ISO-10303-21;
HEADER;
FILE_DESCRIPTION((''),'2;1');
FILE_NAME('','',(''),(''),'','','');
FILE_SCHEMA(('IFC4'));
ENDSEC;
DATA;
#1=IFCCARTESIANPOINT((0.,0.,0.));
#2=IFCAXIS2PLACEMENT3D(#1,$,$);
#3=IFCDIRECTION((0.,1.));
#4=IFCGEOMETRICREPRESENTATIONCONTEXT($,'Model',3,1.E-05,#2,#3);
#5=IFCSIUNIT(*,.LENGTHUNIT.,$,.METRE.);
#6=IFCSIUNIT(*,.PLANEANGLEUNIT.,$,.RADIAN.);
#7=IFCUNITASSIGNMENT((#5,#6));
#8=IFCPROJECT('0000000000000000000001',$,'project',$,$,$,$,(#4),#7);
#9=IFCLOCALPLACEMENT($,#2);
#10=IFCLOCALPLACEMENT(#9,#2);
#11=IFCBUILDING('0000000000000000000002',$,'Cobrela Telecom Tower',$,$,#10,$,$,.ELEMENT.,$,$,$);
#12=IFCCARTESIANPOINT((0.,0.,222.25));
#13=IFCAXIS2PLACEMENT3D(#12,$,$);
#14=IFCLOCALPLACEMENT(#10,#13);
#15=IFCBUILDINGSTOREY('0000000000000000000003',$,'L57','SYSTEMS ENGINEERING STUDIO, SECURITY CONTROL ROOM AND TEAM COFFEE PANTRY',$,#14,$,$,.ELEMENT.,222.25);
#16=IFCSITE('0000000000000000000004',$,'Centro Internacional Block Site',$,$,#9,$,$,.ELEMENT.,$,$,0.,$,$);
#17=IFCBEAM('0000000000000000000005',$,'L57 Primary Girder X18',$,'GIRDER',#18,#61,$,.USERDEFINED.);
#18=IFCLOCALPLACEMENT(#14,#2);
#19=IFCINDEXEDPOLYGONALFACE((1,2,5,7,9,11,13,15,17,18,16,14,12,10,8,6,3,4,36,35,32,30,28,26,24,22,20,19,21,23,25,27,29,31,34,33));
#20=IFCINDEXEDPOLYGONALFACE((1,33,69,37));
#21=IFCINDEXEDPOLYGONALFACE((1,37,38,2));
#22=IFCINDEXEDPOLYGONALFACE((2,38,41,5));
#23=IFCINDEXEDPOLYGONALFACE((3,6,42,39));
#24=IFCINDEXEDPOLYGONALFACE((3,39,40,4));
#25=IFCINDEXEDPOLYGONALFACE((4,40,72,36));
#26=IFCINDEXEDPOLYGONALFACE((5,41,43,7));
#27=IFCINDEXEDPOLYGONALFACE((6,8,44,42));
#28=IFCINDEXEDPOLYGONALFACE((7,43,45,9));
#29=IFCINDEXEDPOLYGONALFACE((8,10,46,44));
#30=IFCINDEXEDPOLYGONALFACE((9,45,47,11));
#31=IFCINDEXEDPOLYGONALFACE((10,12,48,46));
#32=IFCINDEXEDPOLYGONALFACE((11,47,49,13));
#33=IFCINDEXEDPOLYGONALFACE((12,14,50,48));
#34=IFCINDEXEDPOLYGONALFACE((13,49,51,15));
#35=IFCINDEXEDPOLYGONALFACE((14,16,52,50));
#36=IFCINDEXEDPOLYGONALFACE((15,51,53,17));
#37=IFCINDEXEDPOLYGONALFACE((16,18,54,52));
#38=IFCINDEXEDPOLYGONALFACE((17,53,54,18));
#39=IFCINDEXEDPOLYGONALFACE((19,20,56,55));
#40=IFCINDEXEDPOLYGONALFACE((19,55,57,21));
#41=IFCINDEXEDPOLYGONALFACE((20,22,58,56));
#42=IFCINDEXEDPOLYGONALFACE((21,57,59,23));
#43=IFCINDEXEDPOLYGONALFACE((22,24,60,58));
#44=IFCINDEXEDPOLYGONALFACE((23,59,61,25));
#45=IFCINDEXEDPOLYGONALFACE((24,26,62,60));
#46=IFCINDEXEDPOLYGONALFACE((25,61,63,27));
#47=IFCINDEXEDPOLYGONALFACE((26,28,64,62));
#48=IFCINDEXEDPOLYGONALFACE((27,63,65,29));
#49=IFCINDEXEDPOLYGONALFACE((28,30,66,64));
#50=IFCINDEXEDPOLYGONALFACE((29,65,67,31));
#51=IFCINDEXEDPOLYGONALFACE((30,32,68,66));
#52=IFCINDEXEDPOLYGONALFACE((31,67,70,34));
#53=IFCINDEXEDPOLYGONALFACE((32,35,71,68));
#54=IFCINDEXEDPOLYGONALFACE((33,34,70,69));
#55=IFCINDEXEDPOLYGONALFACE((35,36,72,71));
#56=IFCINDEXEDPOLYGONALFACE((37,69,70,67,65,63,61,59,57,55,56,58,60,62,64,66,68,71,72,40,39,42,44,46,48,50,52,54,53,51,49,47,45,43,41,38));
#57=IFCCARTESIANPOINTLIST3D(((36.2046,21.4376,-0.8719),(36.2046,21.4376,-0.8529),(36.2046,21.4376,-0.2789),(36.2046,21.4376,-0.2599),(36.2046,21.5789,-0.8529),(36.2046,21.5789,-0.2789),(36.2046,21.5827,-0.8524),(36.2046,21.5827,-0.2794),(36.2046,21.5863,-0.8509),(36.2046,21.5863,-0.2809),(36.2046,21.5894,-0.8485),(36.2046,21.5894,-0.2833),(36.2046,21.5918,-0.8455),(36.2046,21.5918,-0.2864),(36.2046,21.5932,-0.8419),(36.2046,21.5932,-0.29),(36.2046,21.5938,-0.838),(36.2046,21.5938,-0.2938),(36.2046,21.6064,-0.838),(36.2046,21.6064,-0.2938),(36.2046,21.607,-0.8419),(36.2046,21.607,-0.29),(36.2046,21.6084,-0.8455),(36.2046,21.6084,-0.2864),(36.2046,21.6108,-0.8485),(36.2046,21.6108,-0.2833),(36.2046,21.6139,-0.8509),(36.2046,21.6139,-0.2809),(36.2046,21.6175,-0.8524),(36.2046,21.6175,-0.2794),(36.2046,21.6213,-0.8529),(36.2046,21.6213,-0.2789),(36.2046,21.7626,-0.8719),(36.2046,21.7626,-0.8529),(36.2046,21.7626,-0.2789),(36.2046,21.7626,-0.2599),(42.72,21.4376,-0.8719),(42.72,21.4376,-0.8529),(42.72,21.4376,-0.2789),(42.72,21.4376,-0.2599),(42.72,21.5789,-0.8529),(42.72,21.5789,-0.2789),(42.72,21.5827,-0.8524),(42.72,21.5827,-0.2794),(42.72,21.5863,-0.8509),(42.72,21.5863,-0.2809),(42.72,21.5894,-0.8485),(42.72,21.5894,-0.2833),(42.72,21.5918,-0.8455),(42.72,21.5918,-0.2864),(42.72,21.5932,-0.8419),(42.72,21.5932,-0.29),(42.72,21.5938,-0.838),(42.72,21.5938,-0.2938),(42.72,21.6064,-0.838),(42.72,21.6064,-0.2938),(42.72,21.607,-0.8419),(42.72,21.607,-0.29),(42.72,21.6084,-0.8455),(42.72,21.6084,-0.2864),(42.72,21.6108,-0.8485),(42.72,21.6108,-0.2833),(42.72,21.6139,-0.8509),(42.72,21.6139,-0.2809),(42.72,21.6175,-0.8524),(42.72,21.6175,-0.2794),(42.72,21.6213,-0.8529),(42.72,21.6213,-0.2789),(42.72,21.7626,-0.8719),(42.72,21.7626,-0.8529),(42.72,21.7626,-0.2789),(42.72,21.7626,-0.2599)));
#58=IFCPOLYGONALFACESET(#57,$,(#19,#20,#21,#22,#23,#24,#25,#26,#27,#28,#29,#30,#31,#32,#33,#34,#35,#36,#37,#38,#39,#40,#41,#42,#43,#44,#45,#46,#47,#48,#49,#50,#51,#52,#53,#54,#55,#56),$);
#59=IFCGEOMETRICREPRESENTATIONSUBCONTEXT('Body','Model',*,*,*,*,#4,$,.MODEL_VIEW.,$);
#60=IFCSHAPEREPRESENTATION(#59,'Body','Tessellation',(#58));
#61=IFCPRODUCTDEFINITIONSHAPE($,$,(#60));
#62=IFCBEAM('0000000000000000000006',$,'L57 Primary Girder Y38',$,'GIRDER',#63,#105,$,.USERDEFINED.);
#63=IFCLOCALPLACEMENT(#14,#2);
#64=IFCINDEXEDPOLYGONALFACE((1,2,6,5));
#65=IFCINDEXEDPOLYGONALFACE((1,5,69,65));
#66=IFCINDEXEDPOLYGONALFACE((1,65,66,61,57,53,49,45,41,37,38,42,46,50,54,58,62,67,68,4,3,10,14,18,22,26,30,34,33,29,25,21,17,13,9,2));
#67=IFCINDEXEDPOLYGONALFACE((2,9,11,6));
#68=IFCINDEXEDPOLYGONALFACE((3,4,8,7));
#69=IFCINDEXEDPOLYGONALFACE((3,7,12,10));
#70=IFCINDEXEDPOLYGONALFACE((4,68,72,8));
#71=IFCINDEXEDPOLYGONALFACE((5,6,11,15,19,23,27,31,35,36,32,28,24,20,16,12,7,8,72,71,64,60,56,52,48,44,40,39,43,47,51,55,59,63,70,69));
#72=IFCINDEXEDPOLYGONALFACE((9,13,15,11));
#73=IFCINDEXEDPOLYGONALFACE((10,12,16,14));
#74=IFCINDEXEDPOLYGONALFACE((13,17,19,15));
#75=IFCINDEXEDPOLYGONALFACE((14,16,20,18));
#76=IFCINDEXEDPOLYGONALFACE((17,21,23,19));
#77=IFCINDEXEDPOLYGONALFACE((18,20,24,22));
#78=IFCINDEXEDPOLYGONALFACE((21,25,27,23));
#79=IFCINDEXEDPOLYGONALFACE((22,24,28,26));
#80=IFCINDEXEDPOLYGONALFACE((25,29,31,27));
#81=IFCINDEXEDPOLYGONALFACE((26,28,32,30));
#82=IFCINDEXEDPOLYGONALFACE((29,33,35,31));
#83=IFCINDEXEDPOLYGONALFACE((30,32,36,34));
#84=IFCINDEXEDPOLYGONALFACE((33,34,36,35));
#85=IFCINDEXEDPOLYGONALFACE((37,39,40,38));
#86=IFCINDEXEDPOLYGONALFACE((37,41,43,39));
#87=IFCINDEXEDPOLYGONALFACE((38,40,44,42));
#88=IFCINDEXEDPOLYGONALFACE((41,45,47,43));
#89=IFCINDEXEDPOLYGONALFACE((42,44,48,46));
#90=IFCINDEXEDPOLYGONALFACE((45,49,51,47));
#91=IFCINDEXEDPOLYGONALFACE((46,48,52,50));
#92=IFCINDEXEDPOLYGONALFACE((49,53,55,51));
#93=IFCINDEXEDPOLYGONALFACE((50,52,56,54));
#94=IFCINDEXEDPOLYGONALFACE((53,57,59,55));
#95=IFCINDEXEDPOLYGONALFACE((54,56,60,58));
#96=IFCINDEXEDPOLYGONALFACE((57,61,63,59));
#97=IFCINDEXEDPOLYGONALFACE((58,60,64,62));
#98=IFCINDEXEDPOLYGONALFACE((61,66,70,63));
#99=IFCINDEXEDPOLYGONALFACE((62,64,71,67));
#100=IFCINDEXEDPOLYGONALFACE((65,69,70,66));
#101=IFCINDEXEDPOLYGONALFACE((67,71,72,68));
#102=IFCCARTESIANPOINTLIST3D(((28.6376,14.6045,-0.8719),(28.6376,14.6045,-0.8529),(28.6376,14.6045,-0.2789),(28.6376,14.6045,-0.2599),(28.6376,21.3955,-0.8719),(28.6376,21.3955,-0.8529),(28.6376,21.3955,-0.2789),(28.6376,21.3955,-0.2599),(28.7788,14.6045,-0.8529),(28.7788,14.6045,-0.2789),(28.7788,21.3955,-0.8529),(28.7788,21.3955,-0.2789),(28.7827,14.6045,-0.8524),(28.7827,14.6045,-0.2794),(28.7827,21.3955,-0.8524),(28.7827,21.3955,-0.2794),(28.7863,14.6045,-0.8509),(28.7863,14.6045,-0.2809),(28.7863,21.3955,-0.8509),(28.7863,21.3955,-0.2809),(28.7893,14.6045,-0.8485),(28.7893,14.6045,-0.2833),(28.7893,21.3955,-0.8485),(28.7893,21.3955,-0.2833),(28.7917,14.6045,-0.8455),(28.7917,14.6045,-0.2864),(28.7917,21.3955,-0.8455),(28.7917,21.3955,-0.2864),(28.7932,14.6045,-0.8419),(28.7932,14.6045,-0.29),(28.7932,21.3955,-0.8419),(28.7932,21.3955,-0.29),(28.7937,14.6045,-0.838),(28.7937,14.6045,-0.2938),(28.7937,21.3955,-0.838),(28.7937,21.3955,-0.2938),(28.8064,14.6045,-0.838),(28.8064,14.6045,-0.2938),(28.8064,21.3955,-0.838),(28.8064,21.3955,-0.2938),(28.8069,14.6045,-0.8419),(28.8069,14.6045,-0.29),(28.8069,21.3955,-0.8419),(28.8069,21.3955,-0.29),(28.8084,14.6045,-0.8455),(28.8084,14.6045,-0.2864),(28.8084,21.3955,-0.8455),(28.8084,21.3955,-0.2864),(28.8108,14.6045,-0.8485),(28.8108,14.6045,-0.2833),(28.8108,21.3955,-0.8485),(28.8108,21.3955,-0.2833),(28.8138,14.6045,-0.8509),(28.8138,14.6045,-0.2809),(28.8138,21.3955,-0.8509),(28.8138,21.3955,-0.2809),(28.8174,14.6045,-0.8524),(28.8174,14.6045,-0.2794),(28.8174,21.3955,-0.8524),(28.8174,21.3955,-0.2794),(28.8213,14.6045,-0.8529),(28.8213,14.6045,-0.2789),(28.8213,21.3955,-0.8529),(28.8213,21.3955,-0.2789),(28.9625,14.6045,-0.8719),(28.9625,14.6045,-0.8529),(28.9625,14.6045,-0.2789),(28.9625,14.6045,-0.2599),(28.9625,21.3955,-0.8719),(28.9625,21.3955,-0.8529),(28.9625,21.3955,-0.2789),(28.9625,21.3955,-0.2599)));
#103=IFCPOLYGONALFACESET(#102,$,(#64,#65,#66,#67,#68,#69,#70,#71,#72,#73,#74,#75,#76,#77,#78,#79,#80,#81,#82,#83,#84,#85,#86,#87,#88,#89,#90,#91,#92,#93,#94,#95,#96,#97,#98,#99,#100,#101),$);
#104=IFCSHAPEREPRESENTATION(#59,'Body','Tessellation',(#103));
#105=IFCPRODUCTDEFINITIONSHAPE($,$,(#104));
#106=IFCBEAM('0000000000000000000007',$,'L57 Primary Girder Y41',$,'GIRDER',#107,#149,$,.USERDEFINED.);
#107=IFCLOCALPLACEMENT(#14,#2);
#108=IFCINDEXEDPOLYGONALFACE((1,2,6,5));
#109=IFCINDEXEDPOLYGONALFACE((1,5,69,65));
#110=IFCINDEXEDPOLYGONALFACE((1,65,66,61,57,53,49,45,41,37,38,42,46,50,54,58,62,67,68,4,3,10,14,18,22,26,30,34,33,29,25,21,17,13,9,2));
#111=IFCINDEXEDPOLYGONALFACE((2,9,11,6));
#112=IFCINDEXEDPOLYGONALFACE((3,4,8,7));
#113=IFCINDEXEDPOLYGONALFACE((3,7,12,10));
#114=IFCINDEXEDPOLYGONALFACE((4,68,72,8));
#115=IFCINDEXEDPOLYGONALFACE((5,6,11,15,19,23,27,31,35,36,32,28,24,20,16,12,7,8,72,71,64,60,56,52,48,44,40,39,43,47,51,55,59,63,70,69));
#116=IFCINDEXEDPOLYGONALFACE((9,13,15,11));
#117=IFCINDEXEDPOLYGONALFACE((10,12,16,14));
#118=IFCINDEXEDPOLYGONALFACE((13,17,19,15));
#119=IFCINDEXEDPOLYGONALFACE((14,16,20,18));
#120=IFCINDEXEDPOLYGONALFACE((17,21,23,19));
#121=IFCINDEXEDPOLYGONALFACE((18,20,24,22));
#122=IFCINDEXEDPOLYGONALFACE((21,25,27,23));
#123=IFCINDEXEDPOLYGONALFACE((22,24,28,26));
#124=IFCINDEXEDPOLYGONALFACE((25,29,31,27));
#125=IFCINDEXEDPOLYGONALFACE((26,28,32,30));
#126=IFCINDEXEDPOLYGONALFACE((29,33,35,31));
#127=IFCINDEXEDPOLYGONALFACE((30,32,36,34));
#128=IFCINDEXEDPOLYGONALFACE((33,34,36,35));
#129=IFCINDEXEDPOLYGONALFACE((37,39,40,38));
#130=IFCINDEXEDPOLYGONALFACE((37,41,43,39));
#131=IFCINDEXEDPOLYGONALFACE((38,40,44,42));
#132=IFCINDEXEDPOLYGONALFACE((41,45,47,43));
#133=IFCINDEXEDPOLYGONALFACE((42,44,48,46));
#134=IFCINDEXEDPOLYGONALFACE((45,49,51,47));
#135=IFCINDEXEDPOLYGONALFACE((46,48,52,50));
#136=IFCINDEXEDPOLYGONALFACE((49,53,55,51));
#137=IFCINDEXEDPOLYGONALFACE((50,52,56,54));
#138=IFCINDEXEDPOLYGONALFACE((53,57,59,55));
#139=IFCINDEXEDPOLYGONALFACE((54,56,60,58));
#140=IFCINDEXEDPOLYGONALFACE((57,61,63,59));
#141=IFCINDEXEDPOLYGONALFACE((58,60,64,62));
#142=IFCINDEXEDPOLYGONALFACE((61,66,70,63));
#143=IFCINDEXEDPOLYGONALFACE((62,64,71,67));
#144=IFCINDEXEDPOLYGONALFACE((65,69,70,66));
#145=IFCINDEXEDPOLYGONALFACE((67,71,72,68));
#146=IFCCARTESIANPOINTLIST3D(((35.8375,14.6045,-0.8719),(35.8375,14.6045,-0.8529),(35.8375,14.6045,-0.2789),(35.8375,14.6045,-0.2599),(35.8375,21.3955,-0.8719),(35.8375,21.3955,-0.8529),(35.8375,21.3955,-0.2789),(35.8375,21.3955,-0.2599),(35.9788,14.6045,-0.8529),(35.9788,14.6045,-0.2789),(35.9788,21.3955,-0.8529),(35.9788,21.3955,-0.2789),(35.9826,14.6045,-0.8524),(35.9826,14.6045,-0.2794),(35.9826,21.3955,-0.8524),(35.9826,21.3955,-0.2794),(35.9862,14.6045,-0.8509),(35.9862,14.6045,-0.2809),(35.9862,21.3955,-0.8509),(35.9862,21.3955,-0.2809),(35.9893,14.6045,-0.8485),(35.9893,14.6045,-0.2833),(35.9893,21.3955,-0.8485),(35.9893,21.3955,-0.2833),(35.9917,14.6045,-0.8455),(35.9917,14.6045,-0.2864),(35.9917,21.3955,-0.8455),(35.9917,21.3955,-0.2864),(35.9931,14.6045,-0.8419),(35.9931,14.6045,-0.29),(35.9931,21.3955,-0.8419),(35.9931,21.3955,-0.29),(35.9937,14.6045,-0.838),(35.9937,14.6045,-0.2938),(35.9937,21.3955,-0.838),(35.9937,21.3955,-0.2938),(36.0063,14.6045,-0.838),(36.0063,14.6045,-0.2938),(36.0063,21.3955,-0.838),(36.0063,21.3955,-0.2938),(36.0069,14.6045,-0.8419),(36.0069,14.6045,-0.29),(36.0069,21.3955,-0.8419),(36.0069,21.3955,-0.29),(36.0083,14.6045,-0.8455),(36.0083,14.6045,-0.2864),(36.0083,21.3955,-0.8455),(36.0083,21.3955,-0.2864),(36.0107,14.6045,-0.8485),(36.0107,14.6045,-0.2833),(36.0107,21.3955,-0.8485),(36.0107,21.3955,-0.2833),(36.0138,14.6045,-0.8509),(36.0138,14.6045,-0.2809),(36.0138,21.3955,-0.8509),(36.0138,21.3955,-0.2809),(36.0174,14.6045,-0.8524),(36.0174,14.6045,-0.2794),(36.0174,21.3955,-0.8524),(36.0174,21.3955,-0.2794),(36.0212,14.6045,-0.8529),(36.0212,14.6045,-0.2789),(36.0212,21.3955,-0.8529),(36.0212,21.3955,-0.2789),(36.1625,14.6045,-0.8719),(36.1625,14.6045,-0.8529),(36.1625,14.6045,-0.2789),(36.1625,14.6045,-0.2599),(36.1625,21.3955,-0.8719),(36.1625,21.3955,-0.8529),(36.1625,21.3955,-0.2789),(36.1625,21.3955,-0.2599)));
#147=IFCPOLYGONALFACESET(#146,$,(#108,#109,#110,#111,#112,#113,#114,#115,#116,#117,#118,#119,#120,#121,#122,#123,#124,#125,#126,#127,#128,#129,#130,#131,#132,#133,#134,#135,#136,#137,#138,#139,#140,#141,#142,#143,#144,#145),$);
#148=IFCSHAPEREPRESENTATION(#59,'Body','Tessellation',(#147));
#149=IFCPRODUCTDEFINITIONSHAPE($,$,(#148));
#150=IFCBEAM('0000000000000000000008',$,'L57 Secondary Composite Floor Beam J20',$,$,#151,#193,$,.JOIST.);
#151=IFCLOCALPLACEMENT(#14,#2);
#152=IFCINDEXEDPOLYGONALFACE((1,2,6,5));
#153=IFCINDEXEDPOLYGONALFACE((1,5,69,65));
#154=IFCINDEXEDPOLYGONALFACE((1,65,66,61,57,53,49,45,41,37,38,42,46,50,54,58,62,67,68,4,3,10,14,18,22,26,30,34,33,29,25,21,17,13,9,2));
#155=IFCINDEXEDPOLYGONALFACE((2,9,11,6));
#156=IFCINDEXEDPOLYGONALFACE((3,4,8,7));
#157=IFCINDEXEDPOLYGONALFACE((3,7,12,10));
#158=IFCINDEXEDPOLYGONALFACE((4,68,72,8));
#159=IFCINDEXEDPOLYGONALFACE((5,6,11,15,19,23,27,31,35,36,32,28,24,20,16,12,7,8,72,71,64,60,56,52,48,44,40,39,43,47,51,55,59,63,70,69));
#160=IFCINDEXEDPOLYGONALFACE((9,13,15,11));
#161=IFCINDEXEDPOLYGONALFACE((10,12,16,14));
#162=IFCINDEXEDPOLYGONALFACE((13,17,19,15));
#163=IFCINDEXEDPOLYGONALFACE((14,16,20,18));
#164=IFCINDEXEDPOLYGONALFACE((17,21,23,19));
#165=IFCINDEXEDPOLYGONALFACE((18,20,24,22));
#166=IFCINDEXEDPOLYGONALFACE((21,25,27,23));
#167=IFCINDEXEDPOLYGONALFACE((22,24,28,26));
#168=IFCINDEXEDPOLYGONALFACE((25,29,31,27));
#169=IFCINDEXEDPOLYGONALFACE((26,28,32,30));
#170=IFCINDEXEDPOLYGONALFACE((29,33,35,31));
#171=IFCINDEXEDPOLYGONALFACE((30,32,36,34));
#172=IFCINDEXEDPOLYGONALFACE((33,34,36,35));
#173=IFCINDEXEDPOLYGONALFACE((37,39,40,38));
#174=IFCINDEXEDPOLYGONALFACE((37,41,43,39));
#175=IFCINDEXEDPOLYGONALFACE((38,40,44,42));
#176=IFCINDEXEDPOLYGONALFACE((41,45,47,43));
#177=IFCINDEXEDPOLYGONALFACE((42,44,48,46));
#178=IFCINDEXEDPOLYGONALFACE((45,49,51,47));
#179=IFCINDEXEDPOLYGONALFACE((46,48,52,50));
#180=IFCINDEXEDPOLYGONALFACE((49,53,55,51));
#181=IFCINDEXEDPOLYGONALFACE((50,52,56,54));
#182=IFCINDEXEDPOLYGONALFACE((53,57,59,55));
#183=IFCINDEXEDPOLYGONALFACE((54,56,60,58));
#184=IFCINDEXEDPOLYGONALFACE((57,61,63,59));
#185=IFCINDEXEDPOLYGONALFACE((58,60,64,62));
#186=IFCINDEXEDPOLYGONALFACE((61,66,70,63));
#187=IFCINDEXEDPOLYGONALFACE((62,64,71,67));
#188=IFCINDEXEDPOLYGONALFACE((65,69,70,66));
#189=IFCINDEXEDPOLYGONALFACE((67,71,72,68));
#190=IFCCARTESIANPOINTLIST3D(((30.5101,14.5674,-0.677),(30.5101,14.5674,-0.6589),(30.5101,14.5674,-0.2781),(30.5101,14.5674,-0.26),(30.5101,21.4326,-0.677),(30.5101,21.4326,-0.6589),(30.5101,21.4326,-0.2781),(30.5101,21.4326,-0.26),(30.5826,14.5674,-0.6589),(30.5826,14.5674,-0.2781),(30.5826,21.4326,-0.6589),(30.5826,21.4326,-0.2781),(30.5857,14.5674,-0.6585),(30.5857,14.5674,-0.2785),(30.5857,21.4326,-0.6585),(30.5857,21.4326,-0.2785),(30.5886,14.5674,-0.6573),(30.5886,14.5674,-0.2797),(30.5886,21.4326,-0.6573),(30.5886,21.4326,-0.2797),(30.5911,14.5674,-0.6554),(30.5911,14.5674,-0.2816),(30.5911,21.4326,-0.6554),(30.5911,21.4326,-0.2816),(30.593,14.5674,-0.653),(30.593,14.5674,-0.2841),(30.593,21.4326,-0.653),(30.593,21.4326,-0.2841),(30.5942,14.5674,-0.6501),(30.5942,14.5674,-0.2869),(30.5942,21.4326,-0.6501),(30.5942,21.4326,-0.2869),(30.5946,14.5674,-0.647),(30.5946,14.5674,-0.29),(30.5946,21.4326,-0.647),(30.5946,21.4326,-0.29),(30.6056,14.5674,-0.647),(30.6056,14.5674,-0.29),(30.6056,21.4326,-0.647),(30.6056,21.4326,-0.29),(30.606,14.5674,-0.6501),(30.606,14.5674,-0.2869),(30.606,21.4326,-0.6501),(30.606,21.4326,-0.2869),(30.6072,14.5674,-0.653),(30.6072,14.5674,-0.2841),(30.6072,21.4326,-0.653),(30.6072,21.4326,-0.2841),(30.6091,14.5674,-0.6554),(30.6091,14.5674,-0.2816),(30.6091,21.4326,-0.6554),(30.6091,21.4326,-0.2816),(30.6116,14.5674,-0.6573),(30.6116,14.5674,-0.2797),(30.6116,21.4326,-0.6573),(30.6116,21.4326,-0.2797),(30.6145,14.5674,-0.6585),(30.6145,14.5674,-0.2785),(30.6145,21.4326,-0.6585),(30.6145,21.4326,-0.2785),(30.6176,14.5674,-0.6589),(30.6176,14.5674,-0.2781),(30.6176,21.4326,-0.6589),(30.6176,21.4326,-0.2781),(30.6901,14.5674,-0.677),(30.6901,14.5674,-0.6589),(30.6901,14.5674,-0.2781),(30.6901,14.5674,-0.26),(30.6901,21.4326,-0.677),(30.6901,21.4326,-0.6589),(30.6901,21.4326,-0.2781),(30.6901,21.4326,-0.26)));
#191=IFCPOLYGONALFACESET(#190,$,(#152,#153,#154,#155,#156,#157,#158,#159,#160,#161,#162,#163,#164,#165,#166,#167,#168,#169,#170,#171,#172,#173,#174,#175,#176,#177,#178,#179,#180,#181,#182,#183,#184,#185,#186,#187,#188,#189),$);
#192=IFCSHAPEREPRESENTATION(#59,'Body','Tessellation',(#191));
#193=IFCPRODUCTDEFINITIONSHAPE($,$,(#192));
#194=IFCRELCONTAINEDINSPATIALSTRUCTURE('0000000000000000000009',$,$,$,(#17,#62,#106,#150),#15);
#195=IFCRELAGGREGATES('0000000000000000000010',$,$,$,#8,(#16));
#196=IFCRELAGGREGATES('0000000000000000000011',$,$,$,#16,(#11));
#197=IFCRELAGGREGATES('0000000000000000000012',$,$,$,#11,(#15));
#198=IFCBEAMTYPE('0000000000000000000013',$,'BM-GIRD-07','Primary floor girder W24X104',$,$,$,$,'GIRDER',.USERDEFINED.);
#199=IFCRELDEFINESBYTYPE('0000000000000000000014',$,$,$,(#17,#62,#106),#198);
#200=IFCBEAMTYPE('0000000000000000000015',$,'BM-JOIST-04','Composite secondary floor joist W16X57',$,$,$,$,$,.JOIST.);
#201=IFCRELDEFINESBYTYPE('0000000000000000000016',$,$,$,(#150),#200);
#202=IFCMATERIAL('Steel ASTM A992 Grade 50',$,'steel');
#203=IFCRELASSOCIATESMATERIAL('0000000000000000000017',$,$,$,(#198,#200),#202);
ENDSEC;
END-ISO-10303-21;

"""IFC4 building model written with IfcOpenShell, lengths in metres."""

from ifc_helpers import new_model, si_unit, direction, frame, origin, origin_2d, place, context, subcontext, project, spatial, i_section, extrude, material, material_profile, profile_set, type_object, element, save


model = new_model("IFC4")

# Units and contexts
model_context = context("Model", 3, precision=1e-05, world=origin(), true_north=direction((0.0, 1.0)))
body_context = subcontext(model_context, "Body", "Model", "MODEL_VIEW")
ifc_project = project(units=[si_unit("LENGTHUNIT", "METRE"), si_unit("PLANEANGLEUNIT", "RADIAN")], contexts=[model_context])

# Site, building, storey
site_placement = place(None, origin())
site = spatial("IfcSite", under=ifc_project, at=site_placement, Name="Centro Internacional Block Site", CompositionType="ELEMENT", RefElevation=0.0)
building_placement = place(site_placement, origin())
building = spatial("IfcBuilding", under=site, at=building_placement, Name="Cobrela Telecom Tower", CompositionType="ELEMENT")
storey_placement = place(building_placement, frame((0.0, 0.0, 222.25)))
storey = spatial("IfcBuildingStorey", under=building, at=storey_placement, Name="L57", Description="SYSTEMS ENGINEERING STUDIO, SECURITY CONTROL ROOM AND TEAM COFFEE PANTRY", CompositionType="ELEMENT", Elevation=222.25)

# Shared definitions
ifc_material_1 = material(Name="Steel ASTM A992 Grade 50", Category="steel")

# Beams
ifc_material_profile_1 = material_profile(ifc_material_1, i_section(OverallWidth=0.325, OverallDepth=0.6121, WebThickness=0.0127, FlangeThickness=0.019, FilletRadius=0.0149, at=origin_2d()), Name="W24X104")
ifc_profile_set_1 = profile_set([ifc_material_profile_1], Name="Steel ASTM A992 Grade 50")
beam_type_1 = type_object("IfcBeamType", Name="BM-GIRD-07", Description="Primary floor girder W24X104", ElementType="GIRDER", PredefinedType="USERDEFINED", material=ifc_profile_set_1)
beam_1_placement = place(storey_placement, frame((36.2046, 21.6001, -0.5659), z_axis=(1.0, 0.0, 0.0), x_axis=(0.0, 1.0, 0.0)))
element("IfcBeam", 1, at=beam_1_placement, inside=storey, type_object=beam_type_1, Name="L57 Primary Girder X18", ObjectType="GIRDER", PredefinedType="USERDEFINED", context=body_context, shape_type="SweptSolid", body=[
    extrude(i_section(OverallWidth=0.325, OverallDepth=0.6121, WebThickness=0.0127, FlangeThickness=0.019, FilletRadius=0.0149, at=origin_2d()), origin(), (0.0, 0.0, 1.0), 6.5154),
])
for number, where, z_axis, x_axis, name in (
    (2, (28.8, 14.6045, -0.5659), (0.0, 1.0, 0.0), (-1.0, 0.0, 0.0), "L57 Primary Girder Y38"),
    (3, (36.0, 14.6045, -0.5659), (0.0, 1.0, 0.0), (-1.0, 0.0, 0.0), "L57 Primary Girder Y41"),
):
    element("IfcBeam", number, at=place(storey_placement, frame(where, z_axis=z_axis, x_axis=x_axis)), inside=storey, type_object=beam_type_1, Name=name, ObjectType="GIRDER", PredefinedType="USERDEFINED", context=body_context, shape_type="SweptSolid", body=[
        extrude(i_section(OverallWidth=0.325, OverallDepth=0.6121, WebThickness=0.0127, FlangeThickness=0.019, FilletRadius=0.0149, at=origin_2d()), origin(), (0.0, 0.0, 1.0), 6.791),
    ])
ifc_material_profile_2 = material_profile(ifc_material_1, i_section(OverallWidth=0.1799, OverallDepth=0.417, WebThickness=0.011, FlangeThickness=0.0181, FilletRadius=0.012, at=origin_2d()), Name="W16X57")
ifc_profile_set_2 = profile_set([ifc_material_profile_2], Name="Steel ASTM A992 Grade 50")
beam_type_2 = type_object("IfcBeamType", Name="BM-JOIST-04", Description="Composite secondary floor joist W16X57", PredefinedType="JOIST", material=ifc_profile_set_2)
for number, where, z_axis, x_axis, name in (
    (4, (30.6001, 14.5674, -0.4685), (0.0, 1.0, 0.0), (-1.0, 0.0, 0.0), "L57 Secondary Composite Floor Beam J20"),
):
    element("IfcBeam", number, at=place(storey_placement, frame(where, z_axis=z_axis, x_axis=x_axis)), inside=storey, type_object=beam_type_2, Name=name, PredefinedType="JOIST", context=body_context, shape_type="SweptSolid", body=[
        extrude(i_section(OverallWidth=0.1799, OverallDepth=0.417, WebThickness=0.011, FlangeThickness=0.0181, FilletRadius=0.012, at=origin_2d()), origin(), (0.0, 0.0, 1.0), 6.8652),
    ])

save(model, "model.ifc")
